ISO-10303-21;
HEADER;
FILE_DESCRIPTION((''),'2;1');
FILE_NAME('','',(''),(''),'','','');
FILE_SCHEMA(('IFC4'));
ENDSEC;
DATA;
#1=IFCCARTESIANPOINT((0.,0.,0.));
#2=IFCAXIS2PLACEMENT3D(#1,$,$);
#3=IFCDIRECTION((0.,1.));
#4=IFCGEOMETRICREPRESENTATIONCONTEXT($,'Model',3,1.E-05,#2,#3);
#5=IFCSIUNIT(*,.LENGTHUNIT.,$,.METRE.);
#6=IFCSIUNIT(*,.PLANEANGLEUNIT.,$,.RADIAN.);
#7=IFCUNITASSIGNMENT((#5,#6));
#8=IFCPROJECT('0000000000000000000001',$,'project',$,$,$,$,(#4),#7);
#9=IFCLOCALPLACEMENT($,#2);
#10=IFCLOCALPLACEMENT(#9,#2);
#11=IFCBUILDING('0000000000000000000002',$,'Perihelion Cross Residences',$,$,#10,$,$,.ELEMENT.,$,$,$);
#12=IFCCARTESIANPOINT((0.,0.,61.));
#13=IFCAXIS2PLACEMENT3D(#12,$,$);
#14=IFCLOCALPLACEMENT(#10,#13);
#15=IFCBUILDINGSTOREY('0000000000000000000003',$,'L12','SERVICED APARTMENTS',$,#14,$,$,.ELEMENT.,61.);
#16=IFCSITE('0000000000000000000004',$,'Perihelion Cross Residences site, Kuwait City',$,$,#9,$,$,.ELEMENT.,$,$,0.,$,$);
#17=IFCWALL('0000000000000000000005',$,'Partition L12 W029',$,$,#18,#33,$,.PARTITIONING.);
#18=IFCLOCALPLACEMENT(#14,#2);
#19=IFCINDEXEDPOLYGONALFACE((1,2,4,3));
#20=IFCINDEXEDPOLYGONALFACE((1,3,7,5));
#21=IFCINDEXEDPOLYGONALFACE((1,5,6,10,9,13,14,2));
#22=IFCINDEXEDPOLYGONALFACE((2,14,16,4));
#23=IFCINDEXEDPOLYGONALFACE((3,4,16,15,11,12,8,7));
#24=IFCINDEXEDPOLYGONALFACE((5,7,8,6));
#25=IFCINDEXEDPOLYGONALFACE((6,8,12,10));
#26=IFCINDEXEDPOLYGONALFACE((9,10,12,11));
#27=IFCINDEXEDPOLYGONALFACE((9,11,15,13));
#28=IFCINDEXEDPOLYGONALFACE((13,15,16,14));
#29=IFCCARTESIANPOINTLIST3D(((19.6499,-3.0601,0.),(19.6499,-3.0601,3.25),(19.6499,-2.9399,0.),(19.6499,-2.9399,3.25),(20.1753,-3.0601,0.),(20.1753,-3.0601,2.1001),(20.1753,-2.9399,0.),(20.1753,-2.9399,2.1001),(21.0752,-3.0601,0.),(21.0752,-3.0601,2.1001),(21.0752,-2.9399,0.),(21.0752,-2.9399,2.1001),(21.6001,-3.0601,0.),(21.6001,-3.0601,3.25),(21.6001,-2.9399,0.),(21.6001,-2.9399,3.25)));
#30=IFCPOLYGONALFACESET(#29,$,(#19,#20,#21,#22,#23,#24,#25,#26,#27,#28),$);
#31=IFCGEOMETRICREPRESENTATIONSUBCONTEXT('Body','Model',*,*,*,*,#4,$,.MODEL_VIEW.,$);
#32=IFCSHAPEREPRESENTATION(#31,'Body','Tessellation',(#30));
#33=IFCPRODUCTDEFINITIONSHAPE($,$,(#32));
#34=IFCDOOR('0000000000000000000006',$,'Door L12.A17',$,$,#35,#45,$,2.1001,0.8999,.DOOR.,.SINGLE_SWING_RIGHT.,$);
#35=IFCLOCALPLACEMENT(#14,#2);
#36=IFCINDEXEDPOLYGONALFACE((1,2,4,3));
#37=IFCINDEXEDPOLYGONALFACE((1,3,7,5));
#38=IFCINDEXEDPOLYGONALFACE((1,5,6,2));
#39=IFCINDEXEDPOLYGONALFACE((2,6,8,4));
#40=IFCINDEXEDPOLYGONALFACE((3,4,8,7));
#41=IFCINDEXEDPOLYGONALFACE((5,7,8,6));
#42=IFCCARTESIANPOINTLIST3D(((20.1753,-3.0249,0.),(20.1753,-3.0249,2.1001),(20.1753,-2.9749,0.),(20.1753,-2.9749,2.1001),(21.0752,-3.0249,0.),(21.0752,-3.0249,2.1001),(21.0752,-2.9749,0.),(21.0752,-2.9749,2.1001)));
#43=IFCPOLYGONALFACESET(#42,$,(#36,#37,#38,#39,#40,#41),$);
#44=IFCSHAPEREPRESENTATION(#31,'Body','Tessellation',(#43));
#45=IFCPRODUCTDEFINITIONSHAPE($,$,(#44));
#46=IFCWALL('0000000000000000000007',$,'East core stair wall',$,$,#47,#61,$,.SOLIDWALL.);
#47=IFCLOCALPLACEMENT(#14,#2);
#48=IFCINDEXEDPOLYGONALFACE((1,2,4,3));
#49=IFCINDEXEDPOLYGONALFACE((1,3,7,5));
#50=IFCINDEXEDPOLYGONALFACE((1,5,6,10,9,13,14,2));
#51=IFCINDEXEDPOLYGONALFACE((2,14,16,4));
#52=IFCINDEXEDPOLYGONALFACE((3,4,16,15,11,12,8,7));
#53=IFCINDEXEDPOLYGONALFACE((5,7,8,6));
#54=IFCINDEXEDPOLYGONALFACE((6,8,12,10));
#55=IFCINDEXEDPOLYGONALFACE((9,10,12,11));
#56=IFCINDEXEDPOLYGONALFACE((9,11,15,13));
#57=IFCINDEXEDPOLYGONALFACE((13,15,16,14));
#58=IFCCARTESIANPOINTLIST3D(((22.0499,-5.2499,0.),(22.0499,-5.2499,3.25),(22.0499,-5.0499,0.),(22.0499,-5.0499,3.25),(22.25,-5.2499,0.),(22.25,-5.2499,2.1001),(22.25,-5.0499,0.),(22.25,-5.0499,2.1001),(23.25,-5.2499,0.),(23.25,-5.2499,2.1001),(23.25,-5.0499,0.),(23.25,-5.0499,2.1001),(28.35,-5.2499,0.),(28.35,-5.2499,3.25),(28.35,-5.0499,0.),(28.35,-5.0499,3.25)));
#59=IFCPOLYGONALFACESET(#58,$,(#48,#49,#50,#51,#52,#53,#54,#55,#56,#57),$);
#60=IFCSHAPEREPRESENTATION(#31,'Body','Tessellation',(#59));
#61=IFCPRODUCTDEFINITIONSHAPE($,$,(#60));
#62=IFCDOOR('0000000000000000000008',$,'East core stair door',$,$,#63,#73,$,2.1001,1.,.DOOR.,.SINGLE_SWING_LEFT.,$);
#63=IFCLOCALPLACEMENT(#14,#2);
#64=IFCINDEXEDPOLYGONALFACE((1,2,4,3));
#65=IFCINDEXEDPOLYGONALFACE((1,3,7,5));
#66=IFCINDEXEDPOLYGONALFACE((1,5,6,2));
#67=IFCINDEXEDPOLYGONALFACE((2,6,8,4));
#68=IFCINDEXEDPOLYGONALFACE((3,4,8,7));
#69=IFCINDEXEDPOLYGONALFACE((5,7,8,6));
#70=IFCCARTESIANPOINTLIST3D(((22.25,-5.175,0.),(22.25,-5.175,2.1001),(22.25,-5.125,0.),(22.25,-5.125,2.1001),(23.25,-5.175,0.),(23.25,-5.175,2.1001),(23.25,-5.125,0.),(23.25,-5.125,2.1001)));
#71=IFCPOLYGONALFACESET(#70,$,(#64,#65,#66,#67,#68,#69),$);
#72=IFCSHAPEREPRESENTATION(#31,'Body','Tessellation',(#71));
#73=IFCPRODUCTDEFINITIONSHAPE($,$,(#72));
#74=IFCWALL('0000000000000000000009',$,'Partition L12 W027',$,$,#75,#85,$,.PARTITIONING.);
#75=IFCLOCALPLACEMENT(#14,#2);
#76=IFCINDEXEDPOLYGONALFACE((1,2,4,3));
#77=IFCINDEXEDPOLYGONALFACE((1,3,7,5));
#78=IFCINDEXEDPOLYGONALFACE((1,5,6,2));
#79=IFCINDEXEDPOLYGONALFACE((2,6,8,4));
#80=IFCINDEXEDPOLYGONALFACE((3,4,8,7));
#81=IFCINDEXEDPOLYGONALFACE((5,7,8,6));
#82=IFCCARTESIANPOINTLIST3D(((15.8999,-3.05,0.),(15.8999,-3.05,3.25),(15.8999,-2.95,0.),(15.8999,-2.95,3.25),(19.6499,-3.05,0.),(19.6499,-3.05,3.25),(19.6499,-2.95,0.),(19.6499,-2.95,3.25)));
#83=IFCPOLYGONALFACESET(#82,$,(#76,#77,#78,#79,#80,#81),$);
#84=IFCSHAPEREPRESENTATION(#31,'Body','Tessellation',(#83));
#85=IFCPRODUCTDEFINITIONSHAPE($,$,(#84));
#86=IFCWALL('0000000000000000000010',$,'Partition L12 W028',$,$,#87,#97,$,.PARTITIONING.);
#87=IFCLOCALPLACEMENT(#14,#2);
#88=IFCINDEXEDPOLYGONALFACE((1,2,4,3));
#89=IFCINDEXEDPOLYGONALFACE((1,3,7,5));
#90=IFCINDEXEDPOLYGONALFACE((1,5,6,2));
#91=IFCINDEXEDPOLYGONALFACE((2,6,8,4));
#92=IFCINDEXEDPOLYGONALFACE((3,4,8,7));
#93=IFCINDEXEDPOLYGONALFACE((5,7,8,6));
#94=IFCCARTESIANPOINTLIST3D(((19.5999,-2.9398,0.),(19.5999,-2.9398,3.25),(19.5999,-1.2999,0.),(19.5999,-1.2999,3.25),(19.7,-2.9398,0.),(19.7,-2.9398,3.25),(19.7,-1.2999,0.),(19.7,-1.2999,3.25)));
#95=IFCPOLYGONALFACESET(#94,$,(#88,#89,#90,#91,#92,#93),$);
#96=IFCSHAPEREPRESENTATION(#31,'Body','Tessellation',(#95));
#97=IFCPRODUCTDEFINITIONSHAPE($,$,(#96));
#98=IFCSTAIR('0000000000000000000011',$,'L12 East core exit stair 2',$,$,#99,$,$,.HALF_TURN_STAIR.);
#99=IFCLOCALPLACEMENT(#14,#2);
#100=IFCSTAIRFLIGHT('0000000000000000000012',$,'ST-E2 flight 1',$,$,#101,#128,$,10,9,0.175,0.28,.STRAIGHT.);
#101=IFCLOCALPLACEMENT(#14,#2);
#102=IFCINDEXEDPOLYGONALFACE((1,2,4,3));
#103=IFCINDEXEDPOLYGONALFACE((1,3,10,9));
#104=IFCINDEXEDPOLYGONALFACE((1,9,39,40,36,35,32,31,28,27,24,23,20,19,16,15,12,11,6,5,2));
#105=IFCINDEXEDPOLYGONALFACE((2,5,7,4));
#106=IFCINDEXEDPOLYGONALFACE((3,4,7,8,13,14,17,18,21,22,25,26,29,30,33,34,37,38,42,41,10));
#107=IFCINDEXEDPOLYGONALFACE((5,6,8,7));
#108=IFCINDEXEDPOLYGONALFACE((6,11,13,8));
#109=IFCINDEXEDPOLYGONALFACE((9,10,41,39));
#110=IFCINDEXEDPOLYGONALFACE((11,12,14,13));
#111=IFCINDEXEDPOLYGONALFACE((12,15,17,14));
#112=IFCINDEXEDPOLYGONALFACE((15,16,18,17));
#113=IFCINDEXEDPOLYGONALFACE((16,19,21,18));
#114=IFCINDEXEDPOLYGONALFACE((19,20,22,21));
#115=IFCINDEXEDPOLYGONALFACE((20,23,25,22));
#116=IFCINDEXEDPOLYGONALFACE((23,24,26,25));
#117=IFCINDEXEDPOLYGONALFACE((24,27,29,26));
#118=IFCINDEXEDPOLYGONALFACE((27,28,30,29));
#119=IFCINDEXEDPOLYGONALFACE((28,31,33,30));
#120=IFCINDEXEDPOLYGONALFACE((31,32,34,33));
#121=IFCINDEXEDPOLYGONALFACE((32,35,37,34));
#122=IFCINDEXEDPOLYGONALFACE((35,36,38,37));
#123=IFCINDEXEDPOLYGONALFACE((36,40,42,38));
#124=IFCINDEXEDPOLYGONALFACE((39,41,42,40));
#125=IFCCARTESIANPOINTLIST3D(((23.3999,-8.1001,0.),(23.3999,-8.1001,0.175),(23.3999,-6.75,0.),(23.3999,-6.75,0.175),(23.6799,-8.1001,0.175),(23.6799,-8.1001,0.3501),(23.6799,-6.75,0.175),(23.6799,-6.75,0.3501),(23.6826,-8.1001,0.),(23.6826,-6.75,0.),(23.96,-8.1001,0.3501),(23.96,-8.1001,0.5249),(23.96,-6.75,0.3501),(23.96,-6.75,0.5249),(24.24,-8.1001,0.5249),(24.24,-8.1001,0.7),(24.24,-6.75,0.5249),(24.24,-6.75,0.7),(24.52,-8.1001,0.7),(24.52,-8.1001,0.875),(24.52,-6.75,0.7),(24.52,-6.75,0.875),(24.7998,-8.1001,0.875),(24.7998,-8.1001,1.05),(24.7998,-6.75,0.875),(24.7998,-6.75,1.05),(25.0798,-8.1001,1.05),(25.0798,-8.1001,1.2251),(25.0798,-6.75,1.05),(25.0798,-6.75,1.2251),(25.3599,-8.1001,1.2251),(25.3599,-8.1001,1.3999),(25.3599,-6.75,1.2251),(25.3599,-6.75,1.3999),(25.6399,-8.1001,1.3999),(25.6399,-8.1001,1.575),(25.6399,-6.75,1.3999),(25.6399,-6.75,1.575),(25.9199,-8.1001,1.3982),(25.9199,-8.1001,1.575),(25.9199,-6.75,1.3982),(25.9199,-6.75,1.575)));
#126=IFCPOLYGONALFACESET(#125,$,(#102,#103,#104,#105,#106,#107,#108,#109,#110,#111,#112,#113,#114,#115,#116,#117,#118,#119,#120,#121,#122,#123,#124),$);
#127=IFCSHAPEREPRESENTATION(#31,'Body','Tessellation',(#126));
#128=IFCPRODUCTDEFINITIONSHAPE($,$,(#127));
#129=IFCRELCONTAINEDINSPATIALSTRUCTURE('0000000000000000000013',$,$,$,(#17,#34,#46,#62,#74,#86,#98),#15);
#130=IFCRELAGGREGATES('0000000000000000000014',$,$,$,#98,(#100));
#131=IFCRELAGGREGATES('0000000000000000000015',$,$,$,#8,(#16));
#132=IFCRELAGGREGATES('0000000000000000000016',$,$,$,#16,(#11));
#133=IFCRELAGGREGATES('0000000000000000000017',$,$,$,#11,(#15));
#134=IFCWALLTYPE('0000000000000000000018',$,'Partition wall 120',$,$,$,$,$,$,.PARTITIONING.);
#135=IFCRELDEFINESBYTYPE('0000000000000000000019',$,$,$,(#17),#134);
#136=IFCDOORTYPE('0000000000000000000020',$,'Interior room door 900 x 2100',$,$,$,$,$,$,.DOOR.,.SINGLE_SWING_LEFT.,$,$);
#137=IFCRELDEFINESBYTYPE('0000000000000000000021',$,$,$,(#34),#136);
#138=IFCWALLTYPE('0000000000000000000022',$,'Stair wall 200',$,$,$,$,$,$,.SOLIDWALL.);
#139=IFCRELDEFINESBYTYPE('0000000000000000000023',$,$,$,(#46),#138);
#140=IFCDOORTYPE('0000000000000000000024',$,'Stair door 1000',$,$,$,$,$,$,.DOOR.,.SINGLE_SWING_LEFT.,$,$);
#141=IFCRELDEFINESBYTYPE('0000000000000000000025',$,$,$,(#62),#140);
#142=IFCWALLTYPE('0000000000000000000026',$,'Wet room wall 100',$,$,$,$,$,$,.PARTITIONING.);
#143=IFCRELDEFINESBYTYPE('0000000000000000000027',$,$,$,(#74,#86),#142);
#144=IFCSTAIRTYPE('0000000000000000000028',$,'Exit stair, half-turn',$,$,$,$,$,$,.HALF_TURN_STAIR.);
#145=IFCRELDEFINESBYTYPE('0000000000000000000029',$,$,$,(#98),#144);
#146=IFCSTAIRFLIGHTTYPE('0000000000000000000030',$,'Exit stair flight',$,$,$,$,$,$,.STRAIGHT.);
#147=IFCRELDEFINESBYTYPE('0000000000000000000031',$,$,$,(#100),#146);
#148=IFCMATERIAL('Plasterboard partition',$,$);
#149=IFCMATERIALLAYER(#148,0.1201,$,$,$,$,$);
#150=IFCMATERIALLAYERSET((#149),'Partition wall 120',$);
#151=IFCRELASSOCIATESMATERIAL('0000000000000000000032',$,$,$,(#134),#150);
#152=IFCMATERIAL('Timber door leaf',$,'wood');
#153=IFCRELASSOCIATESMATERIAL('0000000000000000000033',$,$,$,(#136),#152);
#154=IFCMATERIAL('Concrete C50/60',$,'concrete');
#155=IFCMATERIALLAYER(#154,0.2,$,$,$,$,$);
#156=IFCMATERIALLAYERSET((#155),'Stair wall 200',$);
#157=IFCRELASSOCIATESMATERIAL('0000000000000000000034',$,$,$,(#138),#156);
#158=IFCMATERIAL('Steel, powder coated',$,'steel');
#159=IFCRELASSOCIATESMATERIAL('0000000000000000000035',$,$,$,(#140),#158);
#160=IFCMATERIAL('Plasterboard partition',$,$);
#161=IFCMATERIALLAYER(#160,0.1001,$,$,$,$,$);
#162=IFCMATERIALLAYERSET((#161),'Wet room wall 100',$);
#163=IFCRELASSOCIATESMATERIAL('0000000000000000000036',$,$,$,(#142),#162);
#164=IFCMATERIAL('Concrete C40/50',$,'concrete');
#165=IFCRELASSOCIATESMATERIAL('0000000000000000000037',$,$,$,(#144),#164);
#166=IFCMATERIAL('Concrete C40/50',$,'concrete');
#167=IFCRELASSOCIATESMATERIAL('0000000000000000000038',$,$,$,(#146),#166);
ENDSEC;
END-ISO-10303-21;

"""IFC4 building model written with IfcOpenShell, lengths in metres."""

from ifc_helpers import new_model, si_unit, direction, frame, frame_2d, origin, place, context, subcontext, project, spatial, polyline, rectangle, outline, extrude, material, layer, layer_set, type_object, element, fill, aggregate, save


model = new_model("IFC4")

# Units and contexts
model_context = context("Model", 3, precision=1e-05, world=origin(), true_north=direction((0.0, 1.0)))
body_context = subcontext(model_context, "Body", "Model", "MODEL_VIEW")
ifc_project = project(units=[si_unit("LENGTHUNIT", "METRE"), si_unit("PLANEANGLEUNIT", "RADIAN")], contexts=[model_context])

# Site, building, storey
site_placement = place(None, origin())
site = spatial("IfcSite", under=ifc_project, at=site_placement, Name="Perihelion Cross Residences site, Kuwait City", CompositionType="ELEMENT", RefElevation=0.0)
building_placement = place(site_placement, origin())
building = spatial("IfcBuilding", under=site, at=building_placement, Name="Perihelion Cross Residences", CompositionType="ELEMENT")
storey_placement = place(building_placement, frame((0.0, 0.0, 61.0)))
storey = spatial("IfcBuildingStorey", under=building, at=storey_placement, Name="L12", Description="SERVICED APARTMENTS", CompositionType="ELEMENT", Elevation=61.0)

# Walls, openings, doors
ifc_material_1 = material(Name="Plasterboard partition")
ifc_layer_1 = layer(ifc_material_1, 0.1201)
ifc_layer_set_1 = layer_set([ifc_layer_1], Name="Partition wall 120")
wall_type_1 = type_object("IfcWallType", Name="Partition wall 120", PredefinedType="PARTITIONING", material=ifc_layer_set_1)
wall_1_placement = place(storey_placement, frame((21.6001, -3.0, 0.0), z_axis=(0.0, 0.0, 1.0), x_axis=(-1.0, 0.0, 0.0)))
wall_1 = element("IfcWall", 1, at=wall_1_placement, inside=storey, type_object=wall_type_1, Name="Partition L12 W029", PredefinedType="PARTITIONING", context=body_context, shape_type="SweptSolid", body=[
    extrude(rectangle(XDim=1.9502, YDim=0.1201, at=frame_2d((0.9751, 0.0))), origin(), (0.0, 0.0, 1.0), 3.25),
])
opening_1_placement = place(wall_1_placement, frame((0.5249, 0.0, 0.0)))
opening_1 = element("IfcOpeningElement", 2, at=opening_1_placement, cuts=wall_1, PredefinedType="OPENING", context=body_context, shape_type="SweptSolid", body=[
    extrude(rectangle(XDim=0.8999, YDim=2.1001, at=frame_2d((0.45, 1.05))), frame((0.0, 0.0701, 0.0), z_axis=(0.0, -1.0, 0.0), x_axis=(1.0, 0.0, 0.0)), (0.0, 0.0, 1.0), 0.1401),
])
ifc_material_2 = material(Name="Timber door leaf", Category="wood")
door_type_1 = type_object("IfcDoorType", Name="Interior room door 900 x 2100", OperationType="SINGLE_SWING_LEFT", PredefinedType="DOOR", material=ifc_material_2)
door_1_placement = place(opening_1_placement, origin())
door_1 = element("IfcDoor", 3, at=door_1_placement, inside=storey, type_object=door_type_1, Name="Door L12.A17", OperationType="SINGLE_SWING_RIGHT", OverallHeight=2.1001, OverallWidth=0.8999, PredefinedType="DOOR", context=body_context, shape_type="SweptSolid", body=[
    extrude(rectangle(XDim=0.8999, YDim=2.1001, at=frame_2d((0.45, 1.05))), frame((0.0, 0.0249, 0.0), z_axis=(0.0, -1.0, 0.0), x_axis=(1.0, 0.0, 0.0)), (0.0, 0.0, 1.0), 0.05),
])
fill(opening_1, door_1)
ifc_material_3 = material(Name="Concrete C50/60", Category="concrete")
ifc_layer_2 = layer(ifc_material_3, 0.2)
ifc_layer_set_2 = layer_set([ifc_layer_2], Name="Stair wall 200")
wall_type_2 = type_object("IfcWallType", Name="Stair wall 200", PredefinedType="SOLIDWALL", material=ifc_layer_set_2)
wall_2_placement = place(storey_placement, frame((22.05, -5.1499, 0.0), z_axis=(0.0, 0.0, 1.0), x_axis=(1.0, 0.0, 0.0)))
wall_2 = element("IfcWall", 4, at=wall_2_placement, inside=storey, type_object=wall_type_2, Name="East core stair wall", PredefinedType="SOLIDWALL", context=body_context, shape_type="SweptSolid", body=[
    extrude(rectangle(XDim=6.3, YDim=0.2, at=frame_2d((3.1499, 0.0))), origin(), (0.0, 0.0, 1.0), 3.25),
])
opening_2_placement = place(wall_2_placement, frame((0.2, 0.0, 0.0)))
opening_2 = element("IfcOpeningElement", 5, at=opening_2_placement, cuts=wall_2, PredefinedType="OPENING", context=body_context, shape_type="SweptSolid", body=[
    extrude(rectangle(XDim=1.0, YDim=2.1001, at=frame_2d((0.5, 1.05))), frame((0.0, 0.1099, 0.0), z_axis=(0.0, -1.0, 0.0), x_axis=(1.0, 0.0, 0.0)), (0.0, 0.0, 1.0), 0.22),
])
ifc_material_4 = material(Name="Steel, powder coated", Category="steel")
door_type_2 = type_object("IfcDoorType", Name="Stair door 1000", OperationType="SINGLE_SWING_LEFT", PredefinedType="DOOR", material=ifc_material_4)
door_2_placement = place(opening_2_placement, origin())
door_2 = element("IfcDoor", 6, at=door_2_placement, inside=storey, type_object=door_type_2, Name="East core stair door", OperationType="SINGLE_SWING_LEFT", OverallHeight=2.1001, OverallWidth=1.0, PredefinedType="DOOR", context=body_context, shape_type="SweptSolid", body=[
    extrude(rectangle(XDim=1.0, YDim=2.1001, at=frame_2d((0.5, 1.05))), frame((0.0, 0.0249, 0.0), z_axis=(0.0, -1.0, 0.0), x_axis=(1.0, 0.0, 0.0)), (0.0, 0.0, 1.0), 0.05),
])
fill(opening_2, door_2)

# Walls
ifc_material_5 = material(Name="Plasterboard partition")
ifc_layer_3 = layer(ifc_material_5, 0.1001)
ifc_layer_set_3 = layer_set([ifc_layer_3], Name="Wet room wall 100")
wall_type_3 = type_object("IfcWallType", Name="Wet room wall 100", PredefinedType="PARTITIONING", material=ifc_layer_set_3)
wall_3_placement = place(storey_placement, frame((19.6499, -3.0, 0.0), z_axis=(0.0, 0.0, 1.0), x_axis=(-1.0, 0.0, 0.0)))
element("IfcWall", 7, at=wall_3_placement, inside=storey, type_object=wall_type_3, Name="Partition L12 W027", PredefinedType="PARTITIONING", context=body_context, shape_type="SweptSolid", body=[
    extrude(rectangle(XDim=3.75, YDim=0.1001, at=frame_2d((1.875, 0.0))), origin(), (0.0, 0.0, 1.0), 3.25),
])
wall_4_placement = place(storey_placement, frame((19.6499, -1.3, 0.0), z_axis=(0.0, 0.0, 1.0), x_axis=(0.0, -1.0, 0.0)))
element("IfcWall", 8, at=wall_4_placement, inside=storey, type_object=wall_type_3, Name="Partition L12 W028", PredefinedType="PARTITIONING", context=body_context, shape_type="SweptSolid", body=[
    extrude(rectangle(XDim=1.6399, YDim=0.1001, at=frame_2d((0.8198, 0.0))), origin(), (0.0, 0.0, 1.0), 3.25),
])

# Stair, stair flight
ifc_material_6 = material(Name="Concrete C40/50", Category="concrete")
stair_type = type_object("IfcStairType", Name="Exit stair, half-turn", PredefinedType="HALF_TURN_STAIR", material=ifc_material_6)
stair_placement = place(storey_placement, origin())
stair = element("IfcStair", 9, at=stair_placement, inside=storey, type_object=stair_type, Name="L12 East core exit stair 2", PredefinedType="HALF_TURN_STAIR")
ifc_material_7 = material(Name="Concrete C40/50", Category="concrete")
stair_flight_type = type_object("IfcStairFlightType", Name="Exit stair flight", PredefinedType="STRAIGHT", material=ifc_material_7)
stair_flight_placement = place(storey_placement, frame((23.3999, -7.425, 0.0), z_axis=(0.0, 0.0, 1.0), x_axis=(1.0, 0.0, 0.0)))
stair_flight = element("IfcStairFlight", 10, at=stair_flight_placement, type_object=stair_flight_type, Name="ST-E2 flight 1", NumberOfRisers=10, NumberOfTreads=9, PredefinedType="STRAIGHT", RiserHeight=0.175, TreadLength=0.28, context=body_context, shape_type="SweptSolid", body=[
    extrude(outline(polyline([(0.0, 0.0), (0.0, 0.175), (0.28, 0.175), (0.28, 0.3501), (0.5601, 0.3501), (0.5601, 0.5249), (0.8401, 0.5249), (0.8401, 0.7), (1.1201, 0.7), (1.1201, 0.875), (1.3999, 0.875), (1.3999, 1.05), (1.6799, 1.05), (1.6799, 1.2251), (1.96, 1.2251), (1.96, 1.3999), (2.24, 1.3999), (2.24, 1.575), (2.52, 1.575), (2.52, 1.75), (2.52, 1.3982), (0.2827, 0.0), (0.0, 0.0)])), frame((0.0, 0.675, 0.0), z_axis=(0.0, -1.0, 0.0), x_axis=(1.0, 0.0, 0.0)), (0.0, 0.0, 1.0), 1.3501),
])
aggregate(stair, [stair_flight])

save(model, "model.ifc")
